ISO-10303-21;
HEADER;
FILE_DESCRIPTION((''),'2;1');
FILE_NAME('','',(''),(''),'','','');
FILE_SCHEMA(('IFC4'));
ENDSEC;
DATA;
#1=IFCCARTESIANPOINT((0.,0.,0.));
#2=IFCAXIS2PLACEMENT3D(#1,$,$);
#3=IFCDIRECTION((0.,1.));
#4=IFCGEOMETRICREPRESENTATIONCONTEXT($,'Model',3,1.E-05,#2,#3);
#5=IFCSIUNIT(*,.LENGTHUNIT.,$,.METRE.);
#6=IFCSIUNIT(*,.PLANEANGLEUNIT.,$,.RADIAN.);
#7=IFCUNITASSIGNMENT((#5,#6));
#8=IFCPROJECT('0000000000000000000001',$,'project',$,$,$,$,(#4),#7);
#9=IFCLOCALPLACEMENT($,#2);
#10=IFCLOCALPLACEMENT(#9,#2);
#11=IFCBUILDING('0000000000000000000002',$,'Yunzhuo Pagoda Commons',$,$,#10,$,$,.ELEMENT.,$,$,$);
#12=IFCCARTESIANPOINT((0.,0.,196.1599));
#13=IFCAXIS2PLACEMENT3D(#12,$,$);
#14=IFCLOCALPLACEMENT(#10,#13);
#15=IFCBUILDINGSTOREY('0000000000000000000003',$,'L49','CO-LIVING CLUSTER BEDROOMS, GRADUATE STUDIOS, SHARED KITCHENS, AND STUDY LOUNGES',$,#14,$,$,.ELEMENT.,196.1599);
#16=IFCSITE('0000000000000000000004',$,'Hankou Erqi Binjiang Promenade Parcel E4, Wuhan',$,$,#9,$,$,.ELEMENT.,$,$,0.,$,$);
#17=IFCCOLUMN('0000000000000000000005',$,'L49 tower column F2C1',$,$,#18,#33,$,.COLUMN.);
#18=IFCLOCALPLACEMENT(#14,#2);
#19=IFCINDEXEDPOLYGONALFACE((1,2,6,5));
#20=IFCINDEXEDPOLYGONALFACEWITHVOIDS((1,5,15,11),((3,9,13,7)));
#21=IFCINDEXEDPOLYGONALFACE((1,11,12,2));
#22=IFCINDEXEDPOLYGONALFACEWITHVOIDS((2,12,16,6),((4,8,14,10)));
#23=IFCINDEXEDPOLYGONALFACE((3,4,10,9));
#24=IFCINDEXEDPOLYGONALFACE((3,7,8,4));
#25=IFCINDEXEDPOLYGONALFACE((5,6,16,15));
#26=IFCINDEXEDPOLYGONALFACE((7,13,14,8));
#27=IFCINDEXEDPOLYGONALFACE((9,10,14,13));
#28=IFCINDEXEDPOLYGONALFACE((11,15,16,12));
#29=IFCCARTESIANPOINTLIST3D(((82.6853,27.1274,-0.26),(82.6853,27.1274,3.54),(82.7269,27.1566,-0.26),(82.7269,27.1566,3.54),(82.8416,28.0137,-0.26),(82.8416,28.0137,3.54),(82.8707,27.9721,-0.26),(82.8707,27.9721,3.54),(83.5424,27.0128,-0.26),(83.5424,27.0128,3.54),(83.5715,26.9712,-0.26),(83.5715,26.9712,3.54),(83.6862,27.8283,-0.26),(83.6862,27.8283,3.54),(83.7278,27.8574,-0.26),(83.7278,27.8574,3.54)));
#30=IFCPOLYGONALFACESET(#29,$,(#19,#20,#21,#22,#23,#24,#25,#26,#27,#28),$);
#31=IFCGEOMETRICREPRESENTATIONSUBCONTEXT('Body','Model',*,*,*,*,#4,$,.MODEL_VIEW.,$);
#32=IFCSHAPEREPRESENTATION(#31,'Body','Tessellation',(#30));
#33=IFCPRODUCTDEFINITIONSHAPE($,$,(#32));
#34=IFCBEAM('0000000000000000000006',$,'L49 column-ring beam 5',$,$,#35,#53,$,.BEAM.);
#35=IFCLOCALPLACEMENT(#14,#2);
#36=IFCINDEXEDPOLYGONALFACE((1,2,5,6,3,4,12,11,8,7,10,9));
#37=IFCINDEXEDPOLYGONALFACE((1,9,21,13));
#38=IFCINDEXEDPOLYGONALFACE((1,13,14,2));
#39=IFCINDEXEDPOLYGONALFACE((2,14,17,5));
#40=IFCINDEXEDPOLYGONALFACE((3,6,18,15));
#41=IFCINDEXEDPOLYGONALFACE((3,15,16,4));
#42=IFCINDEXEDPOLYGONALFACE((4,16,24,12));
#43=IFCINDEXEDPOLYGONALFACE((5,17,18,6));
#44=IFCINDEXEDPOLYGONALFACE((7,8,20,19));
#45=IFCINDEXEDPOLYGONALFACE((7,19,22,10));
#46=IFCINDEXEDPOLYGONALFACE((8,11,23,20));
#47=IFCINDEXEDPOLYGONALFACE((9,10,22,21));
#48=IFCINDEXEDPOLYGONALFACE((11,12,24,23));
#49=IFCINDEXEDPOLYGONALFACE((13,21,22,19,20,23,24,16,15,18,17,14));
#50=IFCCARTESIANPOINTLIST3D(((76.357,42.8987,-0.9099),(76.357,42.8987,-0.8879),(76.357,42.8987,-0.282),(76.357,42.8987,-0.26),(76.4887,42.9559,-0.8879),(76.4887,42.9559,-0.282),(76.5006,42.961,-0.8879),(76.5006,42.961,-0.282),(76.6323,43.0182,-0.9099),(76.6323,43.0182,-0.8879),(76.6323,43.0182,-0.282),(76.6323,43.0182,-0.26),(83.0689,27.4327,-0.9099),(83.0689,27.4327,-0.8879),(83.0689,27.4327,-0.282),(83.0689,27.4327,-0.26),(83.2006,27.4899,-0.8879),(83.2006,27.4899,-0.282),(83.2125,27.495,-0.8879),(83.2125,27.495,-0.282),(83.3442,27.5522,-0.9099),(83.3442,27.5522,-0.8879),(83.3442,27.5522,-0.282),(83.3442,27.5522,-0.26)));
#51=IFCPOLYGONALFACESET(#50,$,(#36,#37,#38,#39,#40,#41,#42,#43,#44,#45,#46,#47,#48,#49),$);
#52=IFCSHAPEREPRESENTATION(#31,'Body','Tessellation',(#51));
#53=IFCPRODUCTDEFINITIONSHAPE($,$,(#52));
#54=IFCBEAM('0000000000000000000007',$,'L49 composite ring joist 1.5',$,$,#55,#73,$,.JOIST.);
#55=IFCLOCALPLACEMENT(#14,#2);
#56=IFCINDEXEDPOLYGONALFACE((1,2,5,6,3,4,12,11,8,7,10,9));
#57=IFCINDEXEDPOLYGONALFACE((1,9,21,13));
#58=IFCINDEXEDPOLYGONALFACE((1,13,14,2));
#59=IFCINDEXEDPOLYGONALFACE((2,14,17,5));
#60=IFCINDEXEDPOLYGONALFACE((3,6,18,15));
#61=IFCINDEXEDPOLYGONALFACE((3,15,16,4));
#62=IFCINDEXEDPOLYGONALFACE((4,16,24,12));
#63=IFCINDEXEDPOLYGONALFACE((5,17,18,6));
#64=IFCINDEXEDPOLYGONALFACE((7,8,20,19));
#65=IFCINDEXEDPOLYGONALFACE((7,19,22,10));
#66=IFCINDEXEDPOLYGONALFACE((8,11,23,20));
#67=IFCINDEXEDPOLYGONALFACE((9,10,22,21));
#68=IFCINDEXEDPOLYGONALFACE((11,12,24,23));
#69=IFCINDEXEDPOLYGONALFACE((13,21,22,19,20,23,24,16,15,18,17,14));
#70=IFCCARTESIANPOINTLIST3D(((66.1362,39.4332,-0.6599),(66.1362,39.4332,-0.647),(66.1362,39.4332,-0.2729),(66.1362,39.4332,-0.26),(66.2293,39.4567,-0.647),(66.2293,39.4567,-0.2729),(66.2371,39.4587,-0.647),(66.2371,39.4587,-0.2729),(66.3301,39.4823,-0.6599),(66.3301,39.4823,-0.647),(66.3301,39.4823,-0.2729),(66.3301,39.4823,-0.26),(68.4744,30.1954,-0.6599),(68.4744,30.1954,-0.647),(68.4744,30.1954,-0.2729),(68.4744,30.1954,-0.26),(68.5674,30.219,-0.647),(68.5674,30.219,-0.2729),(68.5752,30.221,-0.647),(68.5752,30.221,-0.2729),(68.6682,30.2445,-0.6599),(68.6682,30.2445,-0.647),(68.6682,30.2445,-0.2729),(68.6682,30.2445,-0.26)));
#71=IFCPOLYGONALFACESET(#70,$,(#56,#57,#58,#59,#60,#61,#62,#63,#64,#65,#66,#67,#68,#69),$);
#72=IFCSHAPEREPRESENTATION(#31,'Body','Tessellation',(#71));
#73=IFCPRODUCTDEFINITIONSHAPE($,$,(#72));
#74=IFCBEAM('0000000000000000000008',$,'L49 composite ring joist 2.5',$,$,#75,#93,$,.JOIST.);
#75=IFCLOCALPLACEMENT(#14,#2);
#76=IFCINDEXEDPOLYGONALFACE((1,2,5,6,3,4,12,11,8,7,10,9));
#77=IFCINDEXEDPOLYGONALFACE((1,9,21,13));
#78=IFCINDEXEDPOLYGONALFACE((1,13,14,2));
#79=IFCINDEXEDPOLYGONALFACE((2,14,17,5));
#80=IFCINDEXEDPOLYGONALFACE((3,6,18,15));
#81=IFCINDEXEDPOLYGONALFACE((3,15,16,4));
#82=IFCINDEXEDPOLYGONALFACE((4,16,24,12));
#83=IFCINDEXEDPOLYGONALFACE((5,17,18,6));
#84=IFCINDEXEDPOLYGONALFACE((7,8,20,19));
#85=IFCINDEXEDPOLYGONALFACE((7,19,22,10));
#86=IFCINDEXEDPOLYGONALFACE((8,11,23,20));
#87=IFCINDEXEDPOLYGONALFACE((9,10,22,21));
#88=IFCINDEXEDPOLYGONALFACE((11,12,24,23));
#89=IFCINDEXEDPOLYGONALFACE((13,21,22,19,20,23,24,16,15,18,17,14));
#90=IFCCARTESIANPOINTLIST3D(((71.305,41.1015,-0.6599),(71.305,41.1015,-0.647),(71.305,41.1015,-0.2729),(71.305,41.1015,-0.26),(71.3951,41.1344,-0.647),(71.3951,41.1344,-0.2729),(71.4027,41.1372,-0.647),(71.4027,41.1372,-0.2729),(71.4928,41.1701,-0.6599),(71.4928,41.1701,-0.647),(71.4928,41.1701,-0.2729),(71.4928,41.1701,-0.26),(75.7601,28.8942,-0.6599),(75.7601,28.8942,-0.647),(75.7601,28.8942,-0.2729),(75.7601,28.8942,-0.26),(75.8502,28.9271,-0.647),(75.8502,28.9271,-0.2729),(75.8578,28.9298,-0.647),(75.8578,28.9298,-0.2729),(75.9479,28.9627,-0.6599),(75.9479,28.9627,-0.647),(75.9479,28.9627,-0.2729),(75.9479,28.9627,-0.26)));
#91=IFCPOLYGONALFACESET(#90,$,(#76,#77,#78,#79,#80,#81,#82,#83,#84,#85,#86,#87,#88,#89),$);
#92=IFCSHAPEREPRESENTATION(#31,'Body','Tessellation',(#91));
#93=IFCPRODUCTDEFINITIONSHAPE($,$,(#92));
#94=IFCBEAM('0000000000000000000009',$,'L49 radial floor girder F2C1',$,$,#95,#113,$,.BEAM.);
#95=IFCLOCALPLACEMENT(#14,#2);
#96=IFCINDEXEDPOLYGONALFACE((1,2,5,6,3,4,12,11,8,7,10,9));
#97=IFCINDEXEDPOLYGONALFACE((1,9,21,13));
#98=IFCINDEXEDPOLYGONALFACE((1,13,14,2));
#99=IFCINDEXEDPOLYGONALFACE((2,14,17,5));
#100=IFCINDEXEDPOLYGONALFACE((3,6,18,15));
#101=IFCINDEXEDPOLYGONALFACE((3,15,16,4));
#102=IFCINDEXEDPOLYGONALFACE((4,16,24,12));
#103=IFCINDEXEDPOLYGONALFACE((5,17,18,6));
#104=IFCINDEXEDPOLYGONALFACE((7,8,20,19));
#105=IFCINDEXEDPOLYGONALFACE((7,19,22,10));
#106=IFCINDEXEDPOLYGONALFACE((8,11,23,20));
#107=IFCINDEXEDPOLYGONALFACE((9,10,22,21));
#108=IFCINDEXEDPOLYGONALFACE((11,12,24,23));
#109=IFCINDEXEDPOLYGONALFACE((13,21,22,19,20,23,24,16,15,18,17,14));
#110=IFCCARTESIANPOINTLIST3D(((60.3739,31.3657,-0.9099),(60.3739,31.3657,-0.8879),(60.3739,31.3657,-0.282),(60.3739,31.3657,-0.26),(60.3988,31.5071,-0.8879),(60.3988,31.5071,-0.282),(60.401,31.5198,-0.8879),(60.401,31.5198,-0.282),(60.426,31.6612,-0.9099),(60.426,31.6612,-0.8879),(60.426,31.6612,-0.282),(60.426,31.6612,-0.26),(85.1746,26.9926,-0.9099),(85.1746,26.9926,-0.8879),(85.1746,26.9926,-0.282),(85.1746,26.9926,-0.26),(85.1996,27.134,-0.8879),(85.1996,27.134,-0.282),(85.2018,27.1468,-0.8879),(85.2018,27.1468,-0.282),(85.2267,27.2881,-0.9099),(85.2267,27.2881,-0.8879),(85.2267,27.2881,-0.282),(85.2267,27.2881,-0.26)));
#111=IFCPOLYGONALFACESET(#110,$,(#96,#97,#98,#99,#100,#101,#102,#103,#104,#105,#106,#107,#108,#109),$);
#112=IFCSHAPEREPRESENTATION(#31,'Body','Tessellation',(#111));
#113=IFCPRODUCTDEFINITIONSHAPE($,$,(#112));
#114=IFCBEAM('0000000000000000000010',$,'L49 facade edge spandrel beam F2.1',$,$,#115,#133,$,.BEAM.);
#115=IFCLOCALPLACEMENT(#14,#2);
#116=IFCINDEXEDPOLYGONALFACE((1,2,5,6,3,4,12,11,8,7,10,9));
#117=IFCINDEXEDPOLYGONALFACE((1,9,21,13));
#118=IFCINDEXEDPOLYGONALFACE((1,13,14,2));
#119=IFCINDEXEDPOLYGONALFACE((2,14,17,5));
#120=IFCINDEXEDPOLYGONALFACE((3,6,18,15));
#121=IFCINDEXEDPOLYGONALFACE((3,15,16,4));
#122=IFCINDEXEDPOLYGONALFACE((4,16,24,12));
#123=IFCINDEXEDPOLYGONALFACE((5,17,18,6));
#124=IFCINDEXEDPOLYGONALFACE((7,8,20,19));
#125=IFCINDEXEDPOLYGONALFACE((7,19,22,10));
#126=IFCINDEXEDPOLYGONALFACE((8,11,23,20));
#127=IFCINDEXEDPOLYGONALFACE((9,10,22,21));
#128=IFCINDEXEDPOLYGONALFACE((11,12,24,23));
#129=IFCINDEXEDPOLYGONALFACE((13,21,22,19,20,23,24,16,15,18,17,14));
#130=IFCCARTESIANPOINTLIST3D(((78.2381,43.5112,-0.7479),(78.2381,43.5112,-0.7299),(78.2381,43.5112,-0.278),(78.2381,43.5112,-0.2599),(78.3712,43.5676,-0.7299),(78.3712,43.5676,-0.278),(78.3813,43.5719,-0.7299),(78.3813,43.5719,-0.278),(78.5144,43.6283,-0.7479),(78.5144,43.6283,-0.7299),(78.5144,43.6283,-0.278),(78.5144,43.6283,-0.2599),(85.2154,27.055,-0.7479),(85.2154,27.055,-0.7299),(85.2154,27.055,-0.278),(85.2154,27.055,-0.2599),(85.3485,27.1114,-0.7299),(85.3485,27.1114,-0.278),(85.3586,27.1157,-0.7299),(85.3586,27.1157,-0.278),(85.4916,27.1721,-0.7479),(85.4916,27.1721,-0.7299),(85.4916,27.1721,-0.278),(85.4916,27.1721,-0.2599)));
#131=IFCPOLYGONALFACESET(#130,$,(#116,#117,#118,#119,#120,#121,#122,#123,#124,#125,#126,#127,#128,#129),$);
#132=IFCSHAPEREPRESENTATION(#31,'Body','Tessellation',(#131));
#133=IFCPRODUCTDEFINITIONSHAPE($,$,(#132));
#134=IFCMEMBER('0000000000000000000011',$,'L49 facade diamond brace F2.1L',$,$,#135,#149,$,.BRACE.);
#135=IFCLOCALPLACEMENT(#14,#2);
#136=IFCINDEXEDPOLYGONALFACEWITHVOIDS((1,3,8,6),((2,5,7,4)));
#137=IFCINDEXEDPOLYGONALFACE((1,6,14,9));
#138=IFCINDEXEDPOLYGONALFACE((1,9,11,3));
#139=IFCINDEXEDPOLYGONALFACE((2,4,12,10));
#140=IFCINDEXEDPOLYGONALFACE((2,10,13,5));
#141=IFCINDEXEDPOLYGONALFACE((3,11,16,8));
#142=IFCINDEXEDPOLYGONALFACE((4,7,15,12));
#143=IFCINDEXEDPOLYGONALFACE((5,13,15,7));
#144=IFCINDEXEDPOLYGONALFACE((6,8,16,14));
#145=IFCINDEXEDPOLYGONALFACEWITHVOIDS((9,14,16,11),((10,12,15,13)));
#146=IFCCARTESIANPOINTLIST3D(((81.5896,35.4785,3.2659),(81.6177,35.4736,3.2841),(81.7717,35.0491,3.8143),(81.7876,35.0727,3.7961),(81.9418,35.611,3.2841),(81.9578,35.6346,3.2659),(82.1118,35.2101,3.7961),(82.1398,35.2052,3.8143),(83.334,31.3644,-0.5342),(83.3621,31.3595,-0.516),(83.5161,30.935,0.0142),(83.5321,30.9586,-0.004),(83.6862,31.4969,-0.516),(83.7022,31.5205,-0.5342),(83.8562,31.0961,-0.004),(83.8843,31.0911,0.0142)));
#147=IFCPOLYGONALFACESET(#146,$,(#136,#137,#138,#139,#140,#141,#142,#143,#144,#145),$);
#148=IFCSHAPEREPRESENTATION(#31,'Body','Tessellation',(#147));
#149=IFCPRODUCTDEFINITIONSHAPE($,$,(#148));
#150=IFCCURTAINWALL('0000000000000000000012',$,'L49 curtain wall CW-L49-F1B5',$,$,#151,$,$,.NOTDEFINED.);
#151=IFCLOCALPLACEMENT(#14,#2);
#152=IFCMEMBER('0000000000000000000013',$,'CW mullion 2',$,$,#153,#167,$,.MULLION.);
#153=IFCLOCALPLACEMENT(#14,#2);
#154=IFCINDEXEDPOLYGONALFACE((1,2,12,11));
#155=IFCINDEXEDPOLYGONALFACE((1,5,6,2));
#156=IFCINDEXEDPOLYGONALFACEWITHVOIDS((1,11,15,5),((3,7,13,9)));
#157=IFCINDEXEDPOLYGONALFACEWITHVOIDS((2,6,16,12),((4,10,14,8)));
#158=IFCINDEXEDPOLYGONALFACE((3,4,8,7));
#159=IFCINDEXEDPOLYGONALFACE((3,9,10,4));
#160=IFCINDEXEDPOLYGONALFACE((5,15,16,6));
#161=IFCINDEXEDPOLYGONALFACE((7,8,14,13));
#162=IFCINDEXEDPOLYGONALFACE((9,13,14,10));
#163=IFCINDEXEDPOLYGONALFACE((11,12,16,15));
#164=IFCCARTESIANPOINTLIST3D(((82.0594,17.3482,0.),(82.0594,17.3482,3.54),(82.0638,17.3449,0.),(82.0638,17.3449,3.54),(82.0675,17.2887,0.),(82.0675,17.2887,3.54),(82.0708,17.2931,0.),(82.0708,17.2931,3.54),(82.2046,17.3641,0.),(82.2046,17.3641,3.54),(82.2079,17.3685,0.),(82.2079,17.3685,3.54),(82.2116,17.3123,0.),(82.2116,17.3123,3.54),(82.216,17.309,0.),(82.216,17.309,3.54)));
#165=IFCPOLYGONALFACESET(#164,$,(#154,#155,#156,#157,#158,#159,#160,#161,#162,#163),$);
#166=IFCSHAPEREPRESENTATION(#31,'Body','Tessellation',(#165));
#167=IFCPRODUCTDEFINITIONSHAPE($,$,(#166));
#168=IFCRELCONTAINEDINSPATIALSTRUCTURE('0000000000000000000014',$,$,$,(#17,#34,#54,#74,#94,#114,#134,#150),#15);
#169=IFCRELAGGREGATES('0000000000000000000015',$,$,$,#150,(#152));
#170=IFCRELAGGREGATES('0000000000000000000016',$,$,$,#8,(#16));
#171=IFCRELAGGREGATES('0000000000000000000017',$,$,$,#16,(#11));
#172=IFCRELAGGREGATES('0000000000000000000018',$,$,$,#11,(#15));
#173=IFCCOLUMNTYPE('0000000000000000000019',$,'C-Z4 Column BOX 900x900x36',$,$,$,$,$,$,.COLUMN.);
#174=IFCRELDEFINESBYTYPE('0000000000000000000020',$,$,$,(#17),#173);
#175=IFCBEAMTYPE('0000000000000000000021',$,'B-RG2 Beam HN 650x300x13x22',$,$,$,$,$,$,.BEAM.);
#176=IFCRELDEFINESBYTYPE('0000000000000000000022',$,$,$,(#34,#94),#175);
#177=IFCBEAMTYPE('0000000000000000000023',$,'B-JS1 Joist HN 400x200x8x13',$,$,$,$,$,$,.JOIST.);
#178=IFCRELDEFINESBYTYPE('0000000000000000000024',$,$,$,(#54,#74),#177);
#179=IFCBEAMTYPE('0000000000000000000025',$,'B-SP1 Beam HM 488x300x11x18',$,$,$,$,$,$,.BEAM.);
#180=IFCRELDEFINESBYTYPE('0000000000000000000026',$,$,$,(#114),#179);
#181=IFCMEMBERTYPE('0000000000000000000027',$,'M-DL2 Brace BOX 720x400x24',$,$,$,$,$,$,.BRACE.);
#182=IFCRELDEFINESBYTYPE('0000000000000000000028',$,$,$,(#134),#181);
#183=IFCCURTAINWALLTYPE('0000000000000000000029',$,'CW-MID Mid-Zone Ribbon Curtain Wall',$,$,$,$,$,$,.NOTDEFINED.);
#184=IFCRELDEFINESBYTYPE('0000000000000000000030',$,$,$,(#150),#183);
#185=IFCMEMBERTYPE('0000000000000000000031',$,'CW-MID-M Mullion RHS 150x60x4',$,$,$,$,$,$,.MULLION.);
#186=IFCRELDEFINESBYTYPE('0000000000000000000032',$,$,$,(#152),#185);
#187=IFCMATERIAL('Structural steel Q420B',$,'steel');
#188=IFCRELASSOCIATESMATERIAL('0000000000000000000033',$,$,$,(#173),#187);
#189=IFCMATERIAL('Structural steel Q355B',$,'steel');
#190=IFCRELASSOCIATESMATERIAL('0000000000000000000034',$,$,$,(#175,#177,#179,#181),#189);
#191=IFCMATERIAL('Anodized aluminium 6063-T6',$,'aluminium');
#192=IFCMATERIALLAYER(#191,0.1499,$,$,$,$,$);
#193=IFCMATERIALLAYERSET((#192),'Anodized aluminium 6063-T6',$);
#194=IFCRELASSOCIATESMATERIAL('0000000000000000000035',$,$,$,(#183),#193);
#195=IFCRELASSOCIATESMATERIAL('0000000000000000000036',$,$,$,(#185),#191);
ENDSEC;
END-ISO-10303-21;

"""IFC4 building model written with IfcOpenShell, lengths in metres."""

from ifc_helpers import new_model, si_unit, direction, frame, origin, origin_2d, place, context, subcontext, project, spatial, hollow_rectangle, i_section, extrude, source, transform, mapped, material, layer, layer_set, material_profile, profile_set, type_object, element, aggregate, save


model = new_model("IFC4")

# Units and contexts
model_context = context("Model", 3, precision=1e-05, world=origin(), true_north=direction((0.0, 1.0)))
body_context = subcontext(model_context, "Body", "Model", "MODEL_VIEW")
ifc_project = project(units=[si_unit("LENGTHUNIT", "METRE"), si_unit("PLANEANGLEUNIT", "RADIAN")], contexts=[model_context])

# Site, building, storey
site_placement = place(None, origin())
site = spatial("IfcSite", under=ifc_project, at=site_placement, Name="Hankou Erqi Binjiang Promenade Parcel E4, Wuhan", CompositionType="ELEMENT", RefElevation=0.0)
building_placement = place(site_placement, origin())
building = spatial("IfcBuilding", under=site, at=building_placement, Name="Yunzhuo Pagoda Commons", CompositionType="ELEMENT")
storey_placement = place(building_placement, frame((0.0, 0.0, 196.1599)))
storey = spatial("IfcBuildingStorey", under=building, at=storey_placement, Name="L49", Description="CO-LIVING CLUSTER BEDROOMS, GRADUATE STUDIOS, SHARED KITCHENS, AND STUDY LOUNGES", CompositionType="ELEMENT", Elevation=196.1599)

# Column
ifc_material_1 = material(Name="Structural steel Q420B", Category="steel")
ifc_material_profile_1 = material_profile(ifc_material_1, hollow_rectangle(XDim=0.8999, YDim=0.8999, WallThickness=0.0359, at=origin_2d()), Name="Structural steel Q420B")
ifc_profile_set_1 = profile_set([ifc_material_profile_1], Name="Structural steel Q420B")
column_type = type_object("IfcColumnType", Name="C-Z4 Column BOX 900x900x36", PredefinedType="COLUMN", material=ifc_profile_set_1)
shared_shape_1 = source(origin(), body_context, "Body", "SweptSolid", [
    extrude(hollow_rectangle(XDim=0.8999, YDim=0.8999, WallThickness=0.0359, at=origin_2d()), origin(), (0.0, 0.0, 1.0), 3.8),
])
column_placement = place(storey_placement, frame((83.2065, 27.4924, -0.26), z_axis=(0.0, 0.0, 1.0), x_axis=(0.173648, 0.984808, 0.0)))
element("IfcColumn", 1, at=column_placement, inside=storey, type_object=column_type, Name="L49 tower column F2C1", PredefinedType="COLUMN", context=body_context, shape_type="MappedRepresentation", body=[
    mapped(shared_shape_1, transform((0.0, 0.0, 0.0), scale=1.0)),
])

# Beams
ifc_material_2 = material(Name="Structural steel Q355B", Category="steel")
ifc_material_profile_2 = material_profile(ifc_material_2, i_section(OverallWidth=0.3, OverallDepth=0.6499, WebThickness=0.0129, FlangeThickness=0.022, at=origin_2d()), Name="Structural steel Q355B")
ifc_profile_set_2 = profile_set([ifc_material_profile_2], Name="Structural steel Q355B")
beam_type_1 = type_object("IfcBeamType", Name="B-RG2 Beam HN 650x300x13x22", PredefinedType="BEAM", material=ifc_profile_set_2)
shared_shape_2 = source(origin(), body_context, "Body", "SweptSolid", [
    extrude(i_section(OverallWidth=0.3, OverallDepth=0.6499, WebThickness=0.0129, FlangeThickness=0.022, at=origin_2d()), origin(), (0.0, 0.0, 1.0), 16.8596),
])
beam_1_placement = place(storey_placement, frame((83.2065, 27.4924, -0.585), z_axis=(-0.398104, 0.91734, 0.0), x_axis=(-0.91734, -0.398104, 0.0)))
element("IfcBeam", 2, at=beam_1_placement, inside=storey, type_object=beam_type_1, Name="L49 column-ring beam 5", PredefinedType="BEAM", context=body_context, shape_type="MappedRepresentation", body=[
    mapped(shared_shape_2, transform((0.0, 0.0, 0.0), scale=1.0)),
])
ifc_material_profile_3 = material_profile(ifc_material_2, i_section(OverallWidth=0.2, OverallDepth=0.3999, WebThickness=0.0081, FlangeThickness=0.0129, at=origin_2d()), Name="Structural steel Q355B")
ifc_profile_set_3 = profile_set([ifc_material_profile_3], Name="Structural steel Q355B")
beam_type_2 = type_object("IfcBeamType", Name="B-JS1 Joist HN 400x200x8x13", PredefinedType="JOIST", material=ifc_profile_set_3)
shared_shape_3 = source(origin(), body_context, "Body", "SweptSolid", [
    extrude(i_section(OverallWidth=0.2, OverallDepth=0.3999, WebThickness=0.0081, FlangeThickness=0.0129, at=origin_2d()), origin(), (0.0, 0.0, 1.0), 9.5291),
])
beam_2_placement = place(storey_placement, frame((68.5713, 30.22, -0.46), z_axis=(-0.245368, 0.96943, 0.0), x_axis=(-0.96943, -0.245368, 0.0)))
element("IfcBeam", 3, at=beam_2_placement, inside=storey, type_object=beam_type_2, Name="L49 composite ring joist 1.5", PredefinedType="JOIST", context=body_context, shape_type="MappedRepresentation", body=[
    mapped(shared_shape_3, transform((0.0, 0.0, 0.0), scale=1.0)),
])
shared_shape_4 = source(origin(), body_context, "Body", "SweptSolid", [
    extrude(i_section(OverallWidth=0.2, OverallDepth=0.3999, WebThickness=0.0081, FlangeThickness=0.0129, at=origin_2d()), origin(), (0.0, 0.0, 1.0), 12.9949),
])
beam_3_placement = place(storey_placement, frame((75.854, 28.9285, -0.46), z_axis=(-0.342835, 0.939396, 0.0), x_axis=(-0.939396, -0.342835, 0.0)))
element("IfcBeam", 4, at=beam_3_placement, inside=storey, type_object=beam_type_2, Name="L49 composite ring joist 2.5", PredefinedType="JOIST", context=body_context, shape_type="MappedRepresentation", body=[
    mapped(shared_shape_4, transform((0.0, 0.0, 0.0), scale=1.0)),
])
shared_shape_5 = source(origin(), body_context, "Body", "SweptSolid", [
    extrude(i_section(OverallWidth=0.3, OverallDepth=0.6499, WebThickness=0.0129, FlangeThickness=0.022, at=origin_2d()), origin(), (0.0, 0.0, 1.0), 25.1833),
])
beam_4_placement = place(storey_placement, frame((85.2007, 27.1404, -0.585), z_axis=(-0.984808, 0.173648, 0.0), x_axis=(-0.173648, -0.984808, 0.0)))
element("IfcBeam", 5, at=beam_4_placement, inside=storey, type_object=beam_type_1, Name="L49 radial floor girder F2C1", PredefinedType="BEAM", context=body_context, shape_type="MappedRepresentation", body=[
    mapped(shared_shape_5, transform((0.0, 0.0, 0.0), scale=1.0)),
])
ifc_material_profile_4 = material_profile(ifc_material_2, i_section(OverallWidth=0.3, OverallDepth=0.488, WebThickness=0.011, FlangeThickness=0.0181, at=origin_2d()), Name="Structural steel Q355B")
ifc_profile_set_4 = profile_set([ifc_material_profile_4], Name="Structural steel Q355B")
beam_type_3 = type_object("IfcBeamType", Name="B-SP1 Beam HM 488x300x11x18", PredefinedType="BEAM", material=ifc_profile_set_4)
shared_shape_6 = source(origin(), body_context, "Body", "SweptSolid", [
    extrude(i_section(OverallWidth=0.3, OverallDepth=0.488, WebThickness=0.011, FlangeThickness=0.0181, at=origin_2d()), origin(), (0.0, 0.0, 1.0), 17.8743),
])
beam_5_placement = place(storey_placement, frame((85.3535, 27.1135, -0.5039), z_axis=(-0.390352, 0.920666, 0.0), x_axis=(-0.920666, -0.390352, 0.0)))
element("IfcBeam", 6, at=beam_5_placement, inside=storey, type_object=beam_type_3, Name="L49 facade edge spandrel beam F2.1", PredefinedType="BEAM", context=body_context, shape_type="MappedRepresentation", body=[
    mapped(shared_shape_6, transform((0.0, 0.0, 0.0), scale=1.0)),
])

# Member
ifc_material_profile_5 = material_profile(ifc_material_2, hollow_rectangle(XDim=0.3999, YDim=0.72, WallThickness=0.0239, at=origin_2d()), Name="Structural steel Q355B")
ifc_profile_set_5 = profile_set([ifc_material_profile_5], Name="Structural steel Q355B")
member_type_1 = type_object("IfcMemberType", Name="M-DL2 Brace BOX 720x400x24", PredefinedType="BRACE", material=ifc_profile_set_5)
shared_shape_7 = source(origin(), body_context, "Body", "SweptSolid", [
    extrude(hollow_rectangle(XDim=0.3999, YDim=0.72, WallThickness=0.0239, at=origin_2d()), origin(), (0.0, 0.0, 1.0), 5.866),
])
member_1_placement = place(storey_placement, frame((83.6091, 31.2278, -0.26), z_axis=(-0.297379, 0.701348, 0.647824), x_axis=(-0.920659, -0.390369, 0.0)))
element("IfcMember", 7, at=member_1_placement, inside=storey, type_object=member_type_1, Name="L49 facade diamond brace F2.1L", PredefinedType="BRACE", context=body_context, shape_type="MappedRepresentation", body=[
    mapped(shared_shape_7, transform((0.0, 0.0, 0.0), scale=1.0)),
])

# Curtain wall, member
ifc_material_3 = material(Name="Anodized aluminium 6063-T6", Category="aluminium")
ifc_layer_1 = layer(ifc_material_3, 0.1499)
ifc_layer_set_1 = layer_set([ifc_layer_1], Name="Anodized aluminium 6063-T6")
curtain_wall_type = type_object("IfcCurtainWallType", Name="CW-MID Mid-Zone Ribbon Curtain Wall", PredefinedType="NOTDEFINED", material=ifc_layer_set_1)
curtain_wall_1_placement = place(storey_placement, origin())
curtain_wall_1 = element("IfcCurtainWall", 8, at=curtain_wall_1_placement, inside=storey, type_object=curtain_wall_type, Name="L49 curtain wall CW-L49-F1B5", PredefinedType="NOTDEFINED")
ifc_material_profile_6 = material_profile(ifc_material_3, hollow_rectangle(XDim=0.0601, YDim=0.1499, WallThickness=0.0039, at=origin_2d()), Name="Anodized aluminium 6063-T6")
ifc_profile_set_6 = profile_set([ifc_material_profile_6], Name="Anodized aluminium 6063-T6")
member_type_2 = type_object("IfcMemberType", Name="CW-MID-M Mullion RHS 150x60x4", PredefinedType="MULLION", material=ifc_profile_set_6)
shared_shape_8 = source(origin(), body_context, "Body", "SweptSolid", [
    extrude(hollow_rectangle(XDim=0.0601, YDim=0.1499, WallThickness=0.0039, at=origin_2d()), origin(), (0.0, 0.0, 1.0), 3.54),
])
member_2_placement = place(storey_placement, frame((82.1377, 17.3286, 0.0), z_axis=(0.0, 0.0, 1.0), x_axis=(-0.135312, 0.990803, 0.0)))
member_2 = element("IfcMember", 9, at=member_2_placement, type_object=member_type_2, Name="CW mullion 2", PredefinedType="MULLION", context=body_context, shape_type="MappedRepresentation", body=[
    mapped(shared_shape_8, transform((0.0, 0.0, 0.0), scale=1.0)),
])

aggregate(curtain_wall_1, [member_2])

save(model, "model.ifc")
